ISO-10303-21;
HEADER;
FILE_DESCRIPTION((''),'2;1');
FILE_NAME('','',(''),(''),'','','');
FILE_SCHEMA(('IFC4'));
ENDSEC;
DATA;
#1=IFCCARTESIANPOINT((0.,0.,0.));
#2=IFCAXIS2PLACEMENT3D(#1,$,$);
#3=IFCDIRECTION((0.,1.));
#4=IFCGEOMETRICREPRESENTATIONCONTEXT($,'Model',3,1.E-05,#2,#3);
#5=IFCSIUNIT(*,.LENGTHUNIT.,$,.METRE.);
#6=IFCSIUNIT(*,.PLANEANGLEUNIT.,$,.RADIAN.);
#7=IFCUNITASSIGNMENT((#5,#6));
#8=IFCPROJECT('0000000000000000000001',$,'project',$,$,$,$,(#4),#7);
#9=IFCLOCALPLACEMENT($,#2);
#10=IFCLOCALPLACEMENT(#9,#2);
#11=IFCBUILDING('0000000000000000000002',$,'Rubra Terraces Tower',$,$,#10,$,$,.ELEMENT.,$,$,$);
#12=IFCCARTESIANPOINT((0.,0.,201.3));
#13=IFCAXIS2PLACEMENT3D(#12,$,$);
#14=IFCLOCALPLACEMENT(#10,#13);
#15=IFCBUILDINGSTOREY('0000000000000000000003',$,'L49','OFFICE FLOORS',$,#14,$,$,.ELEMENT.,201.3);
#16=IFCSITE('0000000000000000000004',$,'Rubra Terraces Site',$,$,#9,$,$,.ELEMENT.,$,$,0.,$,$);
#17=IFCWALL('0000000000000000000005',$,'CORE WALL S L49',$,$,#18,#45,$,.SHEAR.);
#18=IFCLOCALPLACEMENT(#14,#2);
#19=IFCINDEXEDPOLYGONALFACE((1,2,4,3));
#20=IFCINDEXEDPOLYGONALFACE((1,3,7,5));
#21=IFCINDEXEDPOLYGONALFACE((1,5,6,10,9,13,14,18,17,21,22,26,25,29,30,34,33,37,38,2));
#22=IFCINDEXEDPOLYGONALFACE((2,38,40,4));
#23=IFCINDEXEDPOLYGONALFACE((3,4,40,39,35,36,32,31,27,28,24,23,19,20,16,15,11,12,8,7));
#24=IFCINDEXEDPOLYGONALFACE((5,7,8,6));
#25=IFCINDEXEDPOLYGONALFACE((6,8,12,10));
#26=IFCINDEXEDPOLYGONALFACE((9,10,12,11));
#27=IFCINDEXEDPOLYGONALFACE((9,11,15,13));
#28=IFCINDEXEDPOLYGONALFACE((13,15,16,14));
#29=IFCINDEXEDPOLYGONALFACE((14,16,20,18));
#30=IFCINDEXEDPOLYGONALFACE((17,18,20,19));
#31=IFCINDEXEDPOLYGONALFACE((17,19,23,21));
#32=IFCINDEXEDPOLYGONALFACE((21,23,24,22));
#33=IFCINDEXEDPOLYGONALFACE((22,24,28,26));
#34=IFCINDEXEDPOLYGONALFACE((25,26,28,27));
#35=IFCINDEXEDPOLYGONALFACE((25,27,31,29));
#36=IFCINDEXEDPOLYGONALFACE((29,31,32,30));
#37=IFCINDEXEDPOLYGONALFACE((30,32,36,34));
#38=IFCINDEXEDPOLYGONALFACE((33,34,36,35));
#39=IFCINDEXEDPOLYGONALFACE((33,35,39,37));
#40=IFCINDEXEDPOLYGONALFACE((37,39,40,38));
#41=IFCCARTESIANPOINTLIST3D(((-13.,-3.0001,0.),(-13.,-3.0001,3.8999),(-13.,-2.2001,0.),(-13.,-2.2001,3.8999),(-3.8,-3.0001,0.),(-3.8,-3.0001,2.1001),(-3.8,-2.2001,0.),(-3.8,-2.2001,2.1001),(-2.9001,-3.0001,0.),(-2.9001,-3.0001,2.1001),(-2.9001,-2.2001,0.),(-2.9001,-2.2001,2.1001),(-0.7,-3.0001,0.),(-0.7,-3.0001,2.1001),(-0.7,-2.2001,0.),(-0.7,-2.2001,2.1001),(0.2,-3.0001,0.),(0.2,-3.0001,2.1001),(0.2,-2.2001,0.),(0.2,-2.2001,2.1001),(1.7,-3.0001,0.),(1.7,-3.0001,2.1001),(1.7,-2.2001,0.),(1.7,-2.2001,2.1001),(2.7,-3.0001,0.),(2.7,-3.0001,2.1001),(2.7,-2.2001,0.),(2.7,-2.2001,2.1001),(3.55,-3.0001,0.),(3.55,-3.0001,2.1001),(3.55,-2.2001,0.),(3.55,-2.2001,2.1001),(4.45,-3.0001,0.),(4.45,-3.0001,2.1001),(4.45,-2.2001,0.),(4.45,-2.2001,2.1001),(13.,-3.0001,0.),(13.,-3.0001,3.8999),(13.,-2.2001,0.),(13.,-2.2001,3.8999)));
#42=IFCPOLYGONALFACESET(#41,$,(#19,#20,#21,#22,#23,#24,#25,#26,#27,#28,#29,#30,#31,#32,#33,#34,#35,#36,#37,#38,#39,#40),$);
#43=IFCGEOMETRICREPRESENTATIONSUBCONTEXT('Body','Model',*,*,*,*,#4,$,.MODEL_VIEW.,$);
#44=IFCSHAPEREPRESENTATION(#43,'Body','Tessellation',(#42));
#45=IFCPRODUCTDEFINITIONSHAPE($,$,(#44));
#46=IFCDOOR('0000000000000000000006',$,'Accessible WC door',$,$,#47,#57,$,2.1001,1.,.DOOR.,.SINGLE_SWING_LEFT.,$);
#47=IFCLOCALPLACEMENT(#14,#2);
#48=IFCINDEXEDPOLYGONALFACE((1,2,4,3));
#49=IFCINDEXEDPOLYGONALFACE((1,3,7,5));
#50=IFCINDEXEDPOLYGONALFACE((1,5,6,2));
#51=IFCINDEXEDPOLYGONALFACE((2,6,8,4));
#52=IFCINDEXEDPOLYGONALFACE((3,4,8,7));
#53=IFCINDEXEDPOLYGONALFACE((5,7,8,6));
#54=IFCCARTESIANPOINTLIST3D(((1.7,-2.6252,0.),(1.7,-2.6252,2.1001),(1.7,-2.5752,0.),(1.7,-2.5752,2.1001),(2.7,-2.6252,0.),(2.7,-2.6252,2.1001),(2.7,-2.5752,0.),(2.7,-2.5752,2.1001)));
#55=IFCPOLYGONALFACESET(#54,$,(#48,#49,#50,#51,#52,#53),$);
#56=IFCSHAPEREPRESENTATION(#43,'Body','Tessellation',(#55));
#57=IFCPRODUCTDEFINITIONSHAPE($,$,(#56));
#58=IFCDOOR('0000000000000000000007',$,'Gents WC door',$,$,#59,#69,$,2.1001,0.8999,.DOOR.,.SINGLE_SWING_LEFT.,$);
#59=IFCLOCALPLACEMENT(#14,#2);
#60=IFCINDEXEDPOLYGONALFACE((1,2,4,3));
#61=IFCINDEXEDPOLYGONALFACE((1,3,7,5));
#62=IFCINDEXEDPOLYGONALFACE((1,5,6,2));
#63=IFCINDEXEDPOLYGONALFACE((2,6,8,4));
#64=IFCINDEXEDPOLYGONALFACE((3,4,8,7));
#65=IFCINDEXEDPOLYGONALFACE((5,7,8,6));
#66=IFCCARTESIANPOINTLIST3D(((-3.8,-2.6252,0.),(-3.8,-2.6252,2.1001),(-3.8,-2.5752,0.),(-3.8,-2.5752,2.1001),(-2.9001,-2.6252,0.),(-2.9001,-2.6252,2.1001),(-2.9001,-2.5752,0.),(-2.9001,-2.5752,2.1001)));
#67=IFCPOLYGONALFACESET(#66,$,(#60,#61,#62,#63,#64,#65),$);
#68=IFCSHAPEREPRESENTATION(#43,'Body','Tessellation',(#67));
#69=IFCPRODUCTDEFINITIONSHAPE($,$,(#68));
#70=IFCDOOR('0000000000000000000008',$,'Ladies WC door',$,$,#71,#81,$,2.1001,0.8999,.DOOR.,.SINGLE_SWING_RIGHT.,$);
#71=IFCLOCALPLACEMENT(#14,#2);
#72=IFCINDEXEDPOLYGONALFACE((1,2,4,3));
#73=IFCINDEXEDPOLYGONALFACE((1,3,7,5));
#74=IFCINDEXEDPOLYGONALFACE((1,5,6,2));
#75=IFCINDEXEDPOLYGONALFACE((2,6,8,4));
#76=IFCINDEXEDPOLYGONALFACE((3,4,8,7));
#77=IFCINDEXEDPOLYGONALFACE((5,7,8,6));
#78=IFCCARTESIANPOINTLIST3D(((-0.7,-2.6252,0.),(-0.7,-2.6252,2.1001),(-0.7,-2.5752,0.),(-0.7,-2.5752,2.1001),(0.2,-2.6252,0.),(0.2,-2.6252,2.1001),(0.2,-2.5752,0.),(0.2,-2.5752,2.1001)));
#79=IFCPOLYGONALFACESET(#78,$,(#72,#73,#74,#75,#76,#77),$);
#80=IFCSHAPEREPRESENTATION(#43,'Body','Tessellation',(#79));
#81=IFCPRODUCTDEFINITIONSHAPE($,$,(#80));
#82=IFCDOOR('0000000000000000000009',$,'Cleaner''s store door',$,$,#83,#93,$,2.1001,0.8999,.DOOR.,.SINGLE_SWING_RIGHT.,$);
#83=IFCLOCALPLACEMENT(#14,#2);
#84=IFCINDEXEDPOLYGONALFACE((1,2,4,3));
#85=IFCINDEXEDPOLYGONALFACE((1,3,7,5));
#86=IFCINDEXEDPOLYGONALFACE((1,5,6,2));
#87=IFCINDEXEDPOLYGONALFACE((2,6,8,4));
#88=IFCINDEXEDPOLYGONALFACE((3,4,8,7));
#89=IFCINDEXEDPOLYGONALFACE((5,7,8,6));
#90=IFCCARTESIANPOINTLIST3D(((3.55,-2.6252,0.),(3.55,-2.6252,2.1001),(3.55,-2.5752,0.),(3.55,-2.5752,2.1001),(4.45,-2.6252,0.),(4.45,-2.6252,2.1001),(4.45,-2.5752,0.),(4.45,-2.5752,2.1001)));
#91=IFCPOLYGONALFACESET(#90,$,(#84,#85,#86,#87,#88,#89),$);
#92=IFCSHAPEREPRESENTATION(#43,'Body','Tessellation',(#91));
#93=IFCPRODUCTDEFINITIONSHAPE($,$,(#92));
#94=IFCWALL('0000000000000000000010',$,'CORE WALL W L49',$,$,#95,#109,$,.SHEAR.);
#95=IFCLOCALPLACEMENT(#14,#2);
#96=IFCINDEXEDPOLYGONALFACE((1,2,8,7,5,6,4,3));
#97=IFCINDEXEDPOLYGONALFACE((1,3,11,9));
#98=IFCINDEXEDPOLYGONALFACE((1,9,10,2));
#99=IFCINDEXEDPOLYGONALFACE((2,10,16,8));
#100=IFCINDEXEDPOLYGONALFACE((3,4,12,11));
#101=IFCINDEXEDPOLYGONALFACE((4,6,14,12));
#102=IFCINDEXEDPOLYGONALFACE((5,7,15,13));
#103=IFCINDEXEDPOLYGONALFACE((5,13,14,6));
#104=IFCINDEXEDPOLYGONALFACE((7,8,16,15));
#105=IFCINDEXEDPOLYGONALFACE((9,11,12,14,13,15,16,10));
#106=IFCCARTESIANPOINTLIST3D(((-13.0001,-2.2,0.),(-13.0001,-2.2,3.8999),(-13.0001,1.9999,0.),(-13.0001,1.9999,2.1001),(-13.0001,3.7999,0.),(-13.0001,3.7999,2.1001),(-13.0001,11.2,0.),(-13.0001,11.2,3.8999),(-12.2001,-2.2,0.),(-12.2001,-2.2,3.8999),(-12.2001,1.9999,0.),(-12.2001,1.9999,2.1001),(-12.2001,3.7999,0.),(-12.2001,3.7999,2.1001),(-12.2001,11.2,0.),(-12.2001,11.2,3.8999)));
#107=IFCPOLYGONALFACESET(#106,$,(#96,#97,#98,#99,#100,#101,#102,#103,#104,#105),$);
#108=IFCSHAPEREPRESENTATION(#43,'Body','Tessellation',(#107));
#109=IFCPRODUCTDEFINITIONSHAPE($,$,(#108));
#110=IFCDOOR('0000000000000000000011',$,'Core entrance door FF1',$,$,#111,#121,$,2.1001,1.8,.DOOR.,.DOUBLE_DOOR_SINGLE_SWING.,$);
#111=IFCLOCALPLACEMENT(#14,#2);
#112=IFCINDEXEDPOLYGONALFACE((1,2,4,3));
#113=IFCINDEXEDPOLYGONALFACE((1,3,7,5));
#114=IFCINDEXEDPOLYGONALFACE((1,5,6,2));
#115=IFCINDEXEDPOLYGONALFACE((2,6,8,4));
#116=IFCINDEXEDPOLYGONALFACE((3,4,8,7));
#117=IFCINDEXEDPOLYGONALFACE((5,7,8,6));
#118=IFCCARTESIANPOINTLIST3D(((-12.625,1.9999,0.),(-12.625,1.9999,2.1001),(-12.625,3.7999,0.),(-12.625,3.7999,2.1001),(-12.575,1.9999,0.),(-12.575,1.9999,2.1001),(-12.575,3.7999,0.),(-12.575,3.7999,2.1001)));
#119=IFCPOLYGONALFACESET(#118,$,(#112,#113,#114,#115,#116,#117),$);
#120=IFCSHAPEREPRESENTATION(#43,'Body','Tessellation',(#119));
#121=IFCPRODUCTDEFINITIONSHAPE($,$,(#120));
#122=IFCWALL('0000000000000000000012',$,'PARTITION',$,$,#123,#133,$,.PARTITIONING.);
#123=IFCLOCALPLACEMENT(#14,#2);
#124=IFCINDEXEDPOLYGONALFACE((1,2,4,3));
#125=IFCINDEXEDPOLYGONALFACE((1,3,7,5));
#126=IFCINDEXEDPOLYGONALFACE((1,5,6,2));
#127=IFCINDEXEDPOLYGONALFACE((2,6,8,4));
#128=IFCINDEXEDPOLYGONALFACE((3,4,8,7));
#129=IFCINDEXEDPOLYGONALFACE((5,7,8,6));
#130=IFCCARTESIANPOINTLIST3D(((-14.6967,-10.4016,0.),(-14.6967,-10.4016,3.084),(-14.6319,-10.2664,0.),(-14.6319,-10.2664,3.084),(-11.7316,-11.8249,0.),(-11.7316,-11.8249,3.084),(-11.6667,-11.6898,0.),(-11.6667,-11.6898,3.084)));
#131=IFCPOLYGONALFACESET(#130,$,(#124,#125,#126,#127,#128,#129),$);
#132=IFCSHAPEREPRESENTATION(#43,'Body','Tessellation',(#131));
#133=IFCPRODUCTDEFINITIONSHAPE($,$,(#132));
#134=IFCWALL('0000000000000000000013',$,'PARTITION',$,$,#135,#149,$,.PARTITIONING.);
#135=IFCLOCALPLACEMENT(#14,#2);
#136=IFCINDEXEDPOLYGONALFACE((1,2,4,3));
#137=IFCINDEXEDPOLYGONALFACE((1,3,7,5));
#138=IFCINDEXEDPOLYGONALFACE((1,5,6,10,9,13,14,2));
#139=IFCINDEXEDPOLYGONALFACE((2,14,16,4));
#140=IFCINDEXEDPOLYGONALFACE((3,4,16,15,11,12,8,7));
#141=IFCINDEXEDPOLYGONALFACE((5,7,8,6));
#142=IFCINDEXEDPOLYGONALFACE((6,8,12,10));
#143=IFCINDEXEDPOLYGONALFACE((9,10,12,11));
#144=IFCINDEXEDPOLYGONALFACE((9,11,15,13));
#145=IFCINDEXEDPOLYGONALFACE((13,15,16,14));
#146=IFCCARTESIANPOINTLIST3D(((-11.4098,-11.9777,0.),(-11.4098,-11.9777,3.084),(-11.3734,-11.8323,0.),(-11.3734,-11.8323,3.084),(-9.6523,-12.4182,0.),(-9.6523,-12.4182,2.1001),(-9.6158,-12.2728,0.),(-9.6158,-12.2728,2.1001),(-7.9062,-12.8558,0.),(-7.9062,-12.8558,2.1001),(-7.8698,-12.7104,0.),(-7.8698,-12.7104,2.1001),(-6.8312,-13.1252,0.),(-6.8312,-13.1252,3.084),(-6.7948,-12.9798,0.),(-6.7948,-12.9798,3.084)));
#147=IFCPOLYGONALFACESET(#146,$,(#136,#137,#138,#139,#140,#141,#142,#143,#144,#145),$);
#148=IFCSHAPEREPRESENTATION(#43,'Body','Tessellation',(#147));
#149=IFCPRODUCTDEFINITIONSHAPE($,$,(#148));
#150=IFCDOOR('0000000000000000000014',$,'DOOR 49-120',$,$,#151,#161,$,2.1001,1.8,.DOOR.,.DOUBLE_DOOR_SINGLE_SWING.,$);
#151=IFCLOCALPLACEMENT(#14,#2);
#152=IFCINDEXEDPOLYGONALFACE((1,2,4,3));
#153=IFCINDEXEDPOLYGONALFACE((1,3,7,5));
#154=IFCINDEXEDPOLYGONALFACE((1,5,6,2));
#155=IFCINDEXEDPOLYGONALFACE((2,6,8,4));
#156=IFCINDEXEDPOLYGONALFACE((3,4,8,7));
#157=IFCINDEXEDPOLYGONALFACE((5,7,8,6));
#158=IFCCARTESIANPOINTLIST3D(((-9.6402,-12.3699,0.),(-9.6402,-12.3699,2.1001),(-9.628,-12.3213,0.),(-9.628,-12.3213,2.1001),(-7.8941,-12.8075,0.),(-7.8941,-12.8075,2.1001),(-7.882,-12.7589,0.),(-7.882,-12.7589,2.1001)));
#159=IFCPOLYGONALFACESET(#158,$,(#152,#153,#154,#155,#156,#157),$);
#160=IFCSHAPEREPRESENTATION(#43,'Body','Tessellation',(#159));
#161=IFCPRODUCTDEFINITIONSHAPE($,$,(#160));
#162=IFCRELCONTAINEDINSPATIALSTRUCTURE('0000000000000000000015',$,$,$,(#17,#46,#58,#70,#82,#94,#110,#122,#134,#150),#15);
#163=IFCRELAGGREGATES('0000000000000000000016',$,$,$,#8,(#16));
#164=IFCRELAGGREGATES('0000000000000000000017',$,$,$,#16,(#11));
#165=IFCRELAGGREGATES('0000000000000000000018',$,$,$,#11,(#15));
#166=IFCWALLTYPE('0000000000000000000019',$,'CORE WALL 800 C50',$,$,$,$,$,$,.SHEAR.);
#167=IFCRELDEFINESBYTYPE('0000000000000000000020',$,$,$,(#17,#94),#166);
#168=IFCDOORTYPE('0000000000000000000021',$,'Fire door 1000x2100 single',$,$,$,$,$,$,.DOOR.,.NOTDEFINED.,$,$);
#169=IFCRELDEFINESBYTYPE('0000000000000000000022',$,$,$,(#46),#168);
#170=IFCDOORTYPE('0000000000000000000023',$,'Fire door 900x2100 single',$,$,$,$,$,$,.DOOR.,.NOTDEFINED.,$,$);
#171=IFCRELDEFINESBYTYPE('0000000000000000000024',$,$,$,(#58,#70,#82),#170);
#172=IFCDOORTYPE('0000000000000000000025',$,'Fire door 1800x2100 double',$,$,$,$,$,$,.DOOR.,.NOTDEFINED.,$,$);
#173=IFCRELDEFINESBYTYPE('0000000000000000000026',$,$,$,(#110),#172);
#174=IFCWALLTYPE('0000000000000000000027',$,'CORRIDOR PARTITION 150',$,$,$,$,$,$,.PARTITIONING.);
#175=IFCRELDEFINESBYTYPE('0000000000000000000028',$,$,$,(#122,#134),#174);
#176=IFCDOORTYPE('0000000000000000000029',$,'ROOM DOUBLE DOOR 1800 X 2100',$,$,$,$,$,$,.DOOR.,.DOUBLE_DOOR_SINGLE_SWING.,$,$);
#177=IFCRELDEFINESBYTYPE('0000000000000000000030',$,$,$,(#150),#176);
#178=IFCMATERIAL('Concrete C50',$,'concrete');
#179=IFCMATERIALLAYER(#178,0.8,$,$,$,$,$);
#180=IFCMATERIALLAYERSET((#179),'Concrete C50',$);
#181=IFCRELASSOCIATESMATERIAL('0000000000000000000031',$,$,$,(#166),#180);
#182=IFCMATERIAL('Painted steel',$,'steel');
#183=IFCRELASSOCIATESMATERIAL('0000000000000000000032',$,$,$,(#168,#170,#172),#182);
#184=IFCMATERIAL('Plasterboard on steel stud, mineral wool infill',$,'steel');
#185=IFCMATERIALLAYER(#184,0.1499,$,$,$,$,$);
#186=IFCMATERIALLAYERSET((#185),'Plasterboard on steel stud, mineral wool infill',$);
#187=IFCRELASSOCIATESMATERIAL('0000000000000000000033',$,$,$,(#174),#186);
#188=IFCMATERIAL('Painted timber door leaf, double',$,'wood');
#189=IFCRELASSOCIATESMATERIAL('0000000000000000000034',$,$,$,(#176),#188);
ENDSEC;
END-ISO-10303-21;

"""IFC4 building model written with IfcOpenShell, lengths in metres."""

from ifc_helpers import new_model, si_unit, direction, frame, frame_2d, origin, place, context, subcontext, project, spatial, rectangle, extrude, material, layer, layer_set, type_object, element, fill, save


model = new_model("IFC4")

# Units and contexts
model_context = context("Model", 3, precision=1e-05, world=origin(), true_north=direction((0.0, 1.0)))
body_context = subcontext(model_context, "Body", "Model", "MODEL_VIEW")
ifc_project = project(units=[si_unit("LENGTHUNIT", "METRE"), si_unit("PLANEANGLEUNIT", "RADIAN")], contexts=[model_context])

# Site, building, storey
site_placement = place(None, origin())
site = spatial("IfcSite", under=ifc_project, at=site_placement, Name="Rubra Terraces Site", CompositionType="ELEMENT", RefElevation=0.0)
building_placement = place(site_placement, origin())
building = spatial("IfcBuilding", under=site, at=building_placement, Name="Rubra Terraces Tower", CompositionType="ELEMENT")
storey_placement = place(building_placement, frame((0.0, 0.0, 201.3)))
storey = spatial("IfcBuildingStorey", under=building, at=storey_placement, Name="L49", Description="OFFICE FLOORS", CompositionType="ELEMENT", Elevation=201.3)

# Wall, openings, doors
ifc_material_1 = material(Name="Concrete C50", Category="concrete")
ifc_layer_1 = layer(ifc_material_1, 0.8)
ifc_layer_set_1 = layer_set([ifc_layer_1], Name="Concrete C50")
wall_type_1 = type_object("IfcWallType", Name="CORE WALL 800 C50", PredefinedType="SHEAR", material=ifc_layer_set_1)
wall_1_placement = place(storey_placement, frame((-13.0, -2.6001, 0.0), z_axis=(0.0, 0.0, 1.0), x_axis=(1.0, 0.0, 0.0)))
wall_1 = element("IfcWall", 1, at=wall_1_placement, inside=storey, type_object=wall_type_1, Name="CORE WALL S L49", PredefinedType="SHEAR", context=body_context, shape_type="SweptSolid", body=[
    extrude(rectangle(XDim=26.0, YDim=0.8, at=frame_2d((13.0, 0.0))), origin(), (0.0, 0.0, 1.0), 3.8999),
])
opening_1_placement = place(wall_1_placement, frame((9.2, 0.0, 0.0)))
opening_1 = element("IfcOpeningElement", 2, at=opening_1_placement, cuts=wall_1, PredefinedType="OPENING", context=body_context, shape_type="SweptSolid", body=[
    extrude(rectangle(XDim=0.8999, YDim=2.1001, at=frame_2d((0.45, 1.05))), frame((0.0, 0.4099, 0.0), z_axis=(0.0, -1.0, 0.0), x_axis=(1.0, 0.0, 0.0)), (0.0, 0.0, 1.0), 0.8201),
])
opening_2_placement = place(wall_1_placement, frame((12.3, 0.0, 0.0)))
opening_2 = element("IfcOpeningElement", 3, at=opening_2_placement, cuts=wall_1, PredefinedType="OPENING", context=body_context, shape_type="SweptSolid", body=[
    extrude(rectangle(XDim=0.8999, YDim=2.1001, at=frame_2d((0.45, 1.05))), frame((0.0, 0.4099, 0.0), z_axis=(0.0, -1.0, 0.0), x_axis=(1.0, 0.0, 0.0)), (0.0, 0.0, 1.0), 0.8201),
])
opening_3_placement = place(wall_1_placement, frame((14.7, 0.0, 0.0)))
opening_3 = element("IfcOpeningElement", 4, at=opening_3_placement, cuts=wall_1, PredefinedType="OPENING", context=body_context, shape_type="SweptSolid", body=[
    extrude(rectangle(XDim=1.0, YDim=2.1001, at=frame_2d((0.5, 1.05))), frame((0.0, 0.4099, 0.0), z_axis=(0.0, -1.0, 0.0), x_axis=(1.0, 0.0, 0.0)), (0.0, 0.0, 1.0), 0.8201),
])
opening_4_placement = place(wall_1_placement, frame((16.55, 0.0, 0.0)))
opening_4 = element("IfcOpeningElement", 5, at=opening_4_placement, cuts=wall_1, PredefinedType="OPENING", context=body_context, shape_type="SweptSolid", body=[
    extrude(rectangle(XDim=0.8999, YDim=2.1001, at=frame_2d((0.45, 1.05))), frame((0.0, 0.4099, 0.0), z_axis=(0.0, -1.0, 0.0), x_axis=(1.0, 0.0, 0.0)), (0.0, 0.0, 1.0), 0.8201),
])
ifc_material_2 = material(Name="Painted steel", Category="steel")
door_type_1 = type_object("IfcDoorType", Name="Fire door 1000x2100 single", OperationType="NOTDEFINED", PredefinedType="DOOR", material=ifc_material_2)
door_1_placement = place(opening_3_placement, origin())
door_1 = element("IfcDoor", 6, at=door_1_placement, inside=storey, type_object=door_type_1, Name="Accessible WC door", OperationType="SINGLE_SWING_LEFT", OverallHeight=2.1001, OverallWidth=1.0, PredefinedType="DOOR", context=body_context, shape_type="SweptSolid", body=[
    extrude(rectangle(XDim=1.0, YDim=2.1001, at=frame_2d((0.5, 1.05))), frame((0.0, 0.0249, 0.0), z_axis=(0.0, -1.0, 0.0), x_axis=(1.0, 0.0, 0.0)), (0.0, 0.0, 1.0), 0.05),
])
fill(opening_3, door_1)
door_type_2 = type_object("IfcDoorType", Name="Fire door 900x2100 single", OperationType="NOTDEFINED", PredefinedType="DOOR", material=ifc_material_2)
door_2_placement = place(opening_1_placement, origin())
door_2 = element("IfcDoor", 7, at=door_2_placement, inside=storey, type_object=door_type_2, Name="Gents WC door", OperationType="SINGLE_SWING_LEFT", OverallHeight=2.1001, OverallWidth=0.8999, PredefinedType="DOOR", context=body_context, shape_type="SweptSolid", body=[
    extrude(rectangle(XDim=0.8999, YDim=2.1001, at=frame_2d((0.45, 1.05))), frame((0.0, 0.0249, 0.0), z_axis=(0.0, -1.0, 0.0), x_axis=(1.0, 0.0, 0.0)), (0.0, 0.0, 1.0), 0.05),
])
fill(opening_1, door_2)
door_3_placement = place(opening_2_placement, origin())
door_3 = element("IfcDoor", 8, at=door_3_placement, inside=storey, type_object=door_type_2, Name="Ladies WC door", OperationType="SINGLE_SWING_RIGHT", OverallHeight=2.1001, OverallWidth=0.8999, PredefinedType="DOOR", context=body_context, shape_type="SweptSolid", body=[
    extrude(rectangle(XDim=0.8999, YDim=2.1001, at=frame_2d((0.45, 1.05))), frame((0.0, 0.0249, 0.0), z_axis=(0.0, -1.0, 0.0), x_axis=(1.0, 0.0, 0.0)), (0.0, 0.0, 1.0), 0.05),
])
fill(opening_2, door_3)
door_4_placement = place(opening_4_placement, origin())
door_4 = element("IfcDoor", 9, at=door_4_placement, inside=storey, type_object=door_type_2, Name="Cleaner's store door", OperationType="SINGLE_SWING_RIGHT", OverallHeight=2.1001, OverallWidth=0.8999, PredefinedType="DOOR", context=body_context, shape_type="SweptSolid", body=[
    extrude(rectangle(XDim=0.8999, YDim=2.1001, at=frame_2d((0.45, 1.05))), frame((0.0, 0.0249, 0.0), z_axis=(0.0, -1.0, 0.0), x_axis=(1.0, 0.0, 0.0)), (0.0, 0.0, 1.0), 0.05),
])
fill(opening_4, door_4)

# Wall, opening, door
wall_2_placement = place(storey_placement, frame((-12.6001, -2.2, 0.0), z_axis=(0.0, 0.0, 1.0), x_axis=(0.0, 1.0, 0.0)))
wall_2 = element("IfcWall", 10, at=wall_2_placement, inside=storey, type_object=wall_type_1, Name="CORE WALL W L49", PredefinedType="SHEAR", context=body_context, shape_type="SweptSolid", body=[
    extrude(rectangle(XDim=13.3999, YDim=0.8, at=frame_2d((6.7, 0.0))), origin(), (0.0, 0.0, 1.0), 3.8999),
])
opening_5_placement = place(wall_2_placement, frame((4.2, 0.0, 0.0)))
opening_5 = element("IfcOpeningElement", 11, at=opening_5_placement, cuts=wall_2, PredefinedType="OPENING", context=body_context, shape_type="SweptSolid", body=[
    extrude(rectangle(XDim=1.8, YDim=2.1001, at=frame_2d((0.8999, 1.05))), frame((0.0, 0.4099, 0.0), z_axis=(0.0, -1.0, 0.0), x_axis=(1.0, 0.0, 0.0)), (0.0, 0.0, 1.0), 0.8201),
])
door_type_3 = type_object("IfcDoorType", Name="Fire door 1800x2100 double", OperationType="NOTDEFINED", PredefinedType="DOOR", material=ifc_material_2)
door_5_placement = place(opening_5_placement, origin())
door_5 = element("IfcDoor", 12, at=door_5_placement, inside=storey, type_object=door_type_3, Name="Core entrance door FF1", OperationType="DOUBLE_DOOR_SINGLE_SWING", OverallHeight=2.1001, OverallWidth=1.8, PredefinedType="DOOR", context=body_context, shape_type="SweptSolid", body=[
    extrude(rectangle(XDim=1.8, YDim=2.1001, at=frame_2d((0.8999, 1.05))), frame((0.0, 0.0249, 0.0), z_axis=(0.0, -1.0, 0.0), x_axis=(1.0, 0.0, 0.0)), (0.0, 0.0, 1.0), 0.05),
])
fill(opening_5, door_5)

# Wall
ifc_material_3 = material(Name="Plasterboard on steel stud, mineral wool infill", Category="steel")
ifc_layer_2 = layer(ifc_material_3, 0.1499)
ifc_layer_set_2 = layer_set([ifc_layer_2], Name="Plasterboard on steel stud, mineral wool infill")
wall_type_2 = type_object("IfcWallType", Name="CORRIDOR PARTITION 150", PredefinedType="PARTITIONING", material=ifc_layer_set_2)
wall_3_placement = place(storey_placement, frame((-14.6643, -10.334, 0.0), z_axis=(0.0, 0.0, 1.0), x_axis=(0.901511, -0.432755, 0.0)))
element("IfcWall", 13, at=wall_3_placement, inside=storey, type_object=wall_type_2, Name="PARTITION", PredefinedType="PARTITIONING", context=body_context, shape_type="SweptSolid", body=[
    extrude(rectangle(XDim=3.2891, YDim=0.1499, at=frame_2d((1.6445, 0.0))), origin(), (0.0, 0.0, 1.0), 3.084),
])

# Wall, opening, door
wall_4_placement = place(storey_placement, frame((-11.3916, -11.905, 0.0), z_axis=(0.0, 0.0, 1.0), x_axis=(0.970002, -0.243095, 0.0)))
wall_4 = element("IfcWall", 14, at=wall_4_placement, inside=storey, type_object=wall_type_2, Name="PARTITION", PredefinedType="PARTITIONING", context=body_context, shape_type="SweptSolid", body=[
    extrude(rectangle(XDim=4.7202, YDim=0.1499, at=frame_2d((2.3601, 0.0))), origin(), (0.0, 0.0, 1.0), 3.084),
])
opening_6_placement = place(wall_4_placement, frame((1.812, 0.0, 0.0)))
opening_6 = element("IfcOpeningElement", 15, at=opening_6_placement, cuts=wall_4, PredefinedType="OPENING", context=body_context, shape_type="SweptSolid", body=[
    extrude(rectangle(XDim=1.8, YDim=2.1001, at=frame_2d((0.8999, 1.05))), frame((0.0, 0.085, 0.0), z_axis=(0.0, -1.0, 0.0), x_axis=(1.0, 0.0, 0.0)), (0.0, 0.0, 1.0), 0.1699),
])
ifc_material_4 = material(Name="Painted timber door leaf, double", Category="wood")
door_type_4 = type_object("IfcDoorType", Name="ROOM DOUBLE DOOR 1800 X 2100", OperationType="DOUBLE_DOOR_SINGLE_SWING", PredefinedType="DOOR", material=ifc_material_4)
door_6_placement = place(opening_6_placement, origin())
door_6 = element("IfcDoor", 16, at=door_6_placement, inside=storey, type_object=door_type_4, Name="DOOR 49-120", OperationType="DOUBLE_DOOR_SINGLE_SWING", OverallHeight=2.1001, OverallWidth=1.8, PredefinedType="DOOR", context=body_context, shape_type="SweptSolid", body=[
    extrude(rectangle(XDim=1.8, YDim=2.1001, at=frame_2d((0.8999, 1.05))), frame((0.0, 0.0249, 0.0), z_axis=(0.0, -1.0, 0.0), x_axis=(1.0, 0.0, 0.0)), (0.0, 0.0, 1.0), 0.05),
])
fill(opening_6, door_6)

save(model, "model.ifc")
